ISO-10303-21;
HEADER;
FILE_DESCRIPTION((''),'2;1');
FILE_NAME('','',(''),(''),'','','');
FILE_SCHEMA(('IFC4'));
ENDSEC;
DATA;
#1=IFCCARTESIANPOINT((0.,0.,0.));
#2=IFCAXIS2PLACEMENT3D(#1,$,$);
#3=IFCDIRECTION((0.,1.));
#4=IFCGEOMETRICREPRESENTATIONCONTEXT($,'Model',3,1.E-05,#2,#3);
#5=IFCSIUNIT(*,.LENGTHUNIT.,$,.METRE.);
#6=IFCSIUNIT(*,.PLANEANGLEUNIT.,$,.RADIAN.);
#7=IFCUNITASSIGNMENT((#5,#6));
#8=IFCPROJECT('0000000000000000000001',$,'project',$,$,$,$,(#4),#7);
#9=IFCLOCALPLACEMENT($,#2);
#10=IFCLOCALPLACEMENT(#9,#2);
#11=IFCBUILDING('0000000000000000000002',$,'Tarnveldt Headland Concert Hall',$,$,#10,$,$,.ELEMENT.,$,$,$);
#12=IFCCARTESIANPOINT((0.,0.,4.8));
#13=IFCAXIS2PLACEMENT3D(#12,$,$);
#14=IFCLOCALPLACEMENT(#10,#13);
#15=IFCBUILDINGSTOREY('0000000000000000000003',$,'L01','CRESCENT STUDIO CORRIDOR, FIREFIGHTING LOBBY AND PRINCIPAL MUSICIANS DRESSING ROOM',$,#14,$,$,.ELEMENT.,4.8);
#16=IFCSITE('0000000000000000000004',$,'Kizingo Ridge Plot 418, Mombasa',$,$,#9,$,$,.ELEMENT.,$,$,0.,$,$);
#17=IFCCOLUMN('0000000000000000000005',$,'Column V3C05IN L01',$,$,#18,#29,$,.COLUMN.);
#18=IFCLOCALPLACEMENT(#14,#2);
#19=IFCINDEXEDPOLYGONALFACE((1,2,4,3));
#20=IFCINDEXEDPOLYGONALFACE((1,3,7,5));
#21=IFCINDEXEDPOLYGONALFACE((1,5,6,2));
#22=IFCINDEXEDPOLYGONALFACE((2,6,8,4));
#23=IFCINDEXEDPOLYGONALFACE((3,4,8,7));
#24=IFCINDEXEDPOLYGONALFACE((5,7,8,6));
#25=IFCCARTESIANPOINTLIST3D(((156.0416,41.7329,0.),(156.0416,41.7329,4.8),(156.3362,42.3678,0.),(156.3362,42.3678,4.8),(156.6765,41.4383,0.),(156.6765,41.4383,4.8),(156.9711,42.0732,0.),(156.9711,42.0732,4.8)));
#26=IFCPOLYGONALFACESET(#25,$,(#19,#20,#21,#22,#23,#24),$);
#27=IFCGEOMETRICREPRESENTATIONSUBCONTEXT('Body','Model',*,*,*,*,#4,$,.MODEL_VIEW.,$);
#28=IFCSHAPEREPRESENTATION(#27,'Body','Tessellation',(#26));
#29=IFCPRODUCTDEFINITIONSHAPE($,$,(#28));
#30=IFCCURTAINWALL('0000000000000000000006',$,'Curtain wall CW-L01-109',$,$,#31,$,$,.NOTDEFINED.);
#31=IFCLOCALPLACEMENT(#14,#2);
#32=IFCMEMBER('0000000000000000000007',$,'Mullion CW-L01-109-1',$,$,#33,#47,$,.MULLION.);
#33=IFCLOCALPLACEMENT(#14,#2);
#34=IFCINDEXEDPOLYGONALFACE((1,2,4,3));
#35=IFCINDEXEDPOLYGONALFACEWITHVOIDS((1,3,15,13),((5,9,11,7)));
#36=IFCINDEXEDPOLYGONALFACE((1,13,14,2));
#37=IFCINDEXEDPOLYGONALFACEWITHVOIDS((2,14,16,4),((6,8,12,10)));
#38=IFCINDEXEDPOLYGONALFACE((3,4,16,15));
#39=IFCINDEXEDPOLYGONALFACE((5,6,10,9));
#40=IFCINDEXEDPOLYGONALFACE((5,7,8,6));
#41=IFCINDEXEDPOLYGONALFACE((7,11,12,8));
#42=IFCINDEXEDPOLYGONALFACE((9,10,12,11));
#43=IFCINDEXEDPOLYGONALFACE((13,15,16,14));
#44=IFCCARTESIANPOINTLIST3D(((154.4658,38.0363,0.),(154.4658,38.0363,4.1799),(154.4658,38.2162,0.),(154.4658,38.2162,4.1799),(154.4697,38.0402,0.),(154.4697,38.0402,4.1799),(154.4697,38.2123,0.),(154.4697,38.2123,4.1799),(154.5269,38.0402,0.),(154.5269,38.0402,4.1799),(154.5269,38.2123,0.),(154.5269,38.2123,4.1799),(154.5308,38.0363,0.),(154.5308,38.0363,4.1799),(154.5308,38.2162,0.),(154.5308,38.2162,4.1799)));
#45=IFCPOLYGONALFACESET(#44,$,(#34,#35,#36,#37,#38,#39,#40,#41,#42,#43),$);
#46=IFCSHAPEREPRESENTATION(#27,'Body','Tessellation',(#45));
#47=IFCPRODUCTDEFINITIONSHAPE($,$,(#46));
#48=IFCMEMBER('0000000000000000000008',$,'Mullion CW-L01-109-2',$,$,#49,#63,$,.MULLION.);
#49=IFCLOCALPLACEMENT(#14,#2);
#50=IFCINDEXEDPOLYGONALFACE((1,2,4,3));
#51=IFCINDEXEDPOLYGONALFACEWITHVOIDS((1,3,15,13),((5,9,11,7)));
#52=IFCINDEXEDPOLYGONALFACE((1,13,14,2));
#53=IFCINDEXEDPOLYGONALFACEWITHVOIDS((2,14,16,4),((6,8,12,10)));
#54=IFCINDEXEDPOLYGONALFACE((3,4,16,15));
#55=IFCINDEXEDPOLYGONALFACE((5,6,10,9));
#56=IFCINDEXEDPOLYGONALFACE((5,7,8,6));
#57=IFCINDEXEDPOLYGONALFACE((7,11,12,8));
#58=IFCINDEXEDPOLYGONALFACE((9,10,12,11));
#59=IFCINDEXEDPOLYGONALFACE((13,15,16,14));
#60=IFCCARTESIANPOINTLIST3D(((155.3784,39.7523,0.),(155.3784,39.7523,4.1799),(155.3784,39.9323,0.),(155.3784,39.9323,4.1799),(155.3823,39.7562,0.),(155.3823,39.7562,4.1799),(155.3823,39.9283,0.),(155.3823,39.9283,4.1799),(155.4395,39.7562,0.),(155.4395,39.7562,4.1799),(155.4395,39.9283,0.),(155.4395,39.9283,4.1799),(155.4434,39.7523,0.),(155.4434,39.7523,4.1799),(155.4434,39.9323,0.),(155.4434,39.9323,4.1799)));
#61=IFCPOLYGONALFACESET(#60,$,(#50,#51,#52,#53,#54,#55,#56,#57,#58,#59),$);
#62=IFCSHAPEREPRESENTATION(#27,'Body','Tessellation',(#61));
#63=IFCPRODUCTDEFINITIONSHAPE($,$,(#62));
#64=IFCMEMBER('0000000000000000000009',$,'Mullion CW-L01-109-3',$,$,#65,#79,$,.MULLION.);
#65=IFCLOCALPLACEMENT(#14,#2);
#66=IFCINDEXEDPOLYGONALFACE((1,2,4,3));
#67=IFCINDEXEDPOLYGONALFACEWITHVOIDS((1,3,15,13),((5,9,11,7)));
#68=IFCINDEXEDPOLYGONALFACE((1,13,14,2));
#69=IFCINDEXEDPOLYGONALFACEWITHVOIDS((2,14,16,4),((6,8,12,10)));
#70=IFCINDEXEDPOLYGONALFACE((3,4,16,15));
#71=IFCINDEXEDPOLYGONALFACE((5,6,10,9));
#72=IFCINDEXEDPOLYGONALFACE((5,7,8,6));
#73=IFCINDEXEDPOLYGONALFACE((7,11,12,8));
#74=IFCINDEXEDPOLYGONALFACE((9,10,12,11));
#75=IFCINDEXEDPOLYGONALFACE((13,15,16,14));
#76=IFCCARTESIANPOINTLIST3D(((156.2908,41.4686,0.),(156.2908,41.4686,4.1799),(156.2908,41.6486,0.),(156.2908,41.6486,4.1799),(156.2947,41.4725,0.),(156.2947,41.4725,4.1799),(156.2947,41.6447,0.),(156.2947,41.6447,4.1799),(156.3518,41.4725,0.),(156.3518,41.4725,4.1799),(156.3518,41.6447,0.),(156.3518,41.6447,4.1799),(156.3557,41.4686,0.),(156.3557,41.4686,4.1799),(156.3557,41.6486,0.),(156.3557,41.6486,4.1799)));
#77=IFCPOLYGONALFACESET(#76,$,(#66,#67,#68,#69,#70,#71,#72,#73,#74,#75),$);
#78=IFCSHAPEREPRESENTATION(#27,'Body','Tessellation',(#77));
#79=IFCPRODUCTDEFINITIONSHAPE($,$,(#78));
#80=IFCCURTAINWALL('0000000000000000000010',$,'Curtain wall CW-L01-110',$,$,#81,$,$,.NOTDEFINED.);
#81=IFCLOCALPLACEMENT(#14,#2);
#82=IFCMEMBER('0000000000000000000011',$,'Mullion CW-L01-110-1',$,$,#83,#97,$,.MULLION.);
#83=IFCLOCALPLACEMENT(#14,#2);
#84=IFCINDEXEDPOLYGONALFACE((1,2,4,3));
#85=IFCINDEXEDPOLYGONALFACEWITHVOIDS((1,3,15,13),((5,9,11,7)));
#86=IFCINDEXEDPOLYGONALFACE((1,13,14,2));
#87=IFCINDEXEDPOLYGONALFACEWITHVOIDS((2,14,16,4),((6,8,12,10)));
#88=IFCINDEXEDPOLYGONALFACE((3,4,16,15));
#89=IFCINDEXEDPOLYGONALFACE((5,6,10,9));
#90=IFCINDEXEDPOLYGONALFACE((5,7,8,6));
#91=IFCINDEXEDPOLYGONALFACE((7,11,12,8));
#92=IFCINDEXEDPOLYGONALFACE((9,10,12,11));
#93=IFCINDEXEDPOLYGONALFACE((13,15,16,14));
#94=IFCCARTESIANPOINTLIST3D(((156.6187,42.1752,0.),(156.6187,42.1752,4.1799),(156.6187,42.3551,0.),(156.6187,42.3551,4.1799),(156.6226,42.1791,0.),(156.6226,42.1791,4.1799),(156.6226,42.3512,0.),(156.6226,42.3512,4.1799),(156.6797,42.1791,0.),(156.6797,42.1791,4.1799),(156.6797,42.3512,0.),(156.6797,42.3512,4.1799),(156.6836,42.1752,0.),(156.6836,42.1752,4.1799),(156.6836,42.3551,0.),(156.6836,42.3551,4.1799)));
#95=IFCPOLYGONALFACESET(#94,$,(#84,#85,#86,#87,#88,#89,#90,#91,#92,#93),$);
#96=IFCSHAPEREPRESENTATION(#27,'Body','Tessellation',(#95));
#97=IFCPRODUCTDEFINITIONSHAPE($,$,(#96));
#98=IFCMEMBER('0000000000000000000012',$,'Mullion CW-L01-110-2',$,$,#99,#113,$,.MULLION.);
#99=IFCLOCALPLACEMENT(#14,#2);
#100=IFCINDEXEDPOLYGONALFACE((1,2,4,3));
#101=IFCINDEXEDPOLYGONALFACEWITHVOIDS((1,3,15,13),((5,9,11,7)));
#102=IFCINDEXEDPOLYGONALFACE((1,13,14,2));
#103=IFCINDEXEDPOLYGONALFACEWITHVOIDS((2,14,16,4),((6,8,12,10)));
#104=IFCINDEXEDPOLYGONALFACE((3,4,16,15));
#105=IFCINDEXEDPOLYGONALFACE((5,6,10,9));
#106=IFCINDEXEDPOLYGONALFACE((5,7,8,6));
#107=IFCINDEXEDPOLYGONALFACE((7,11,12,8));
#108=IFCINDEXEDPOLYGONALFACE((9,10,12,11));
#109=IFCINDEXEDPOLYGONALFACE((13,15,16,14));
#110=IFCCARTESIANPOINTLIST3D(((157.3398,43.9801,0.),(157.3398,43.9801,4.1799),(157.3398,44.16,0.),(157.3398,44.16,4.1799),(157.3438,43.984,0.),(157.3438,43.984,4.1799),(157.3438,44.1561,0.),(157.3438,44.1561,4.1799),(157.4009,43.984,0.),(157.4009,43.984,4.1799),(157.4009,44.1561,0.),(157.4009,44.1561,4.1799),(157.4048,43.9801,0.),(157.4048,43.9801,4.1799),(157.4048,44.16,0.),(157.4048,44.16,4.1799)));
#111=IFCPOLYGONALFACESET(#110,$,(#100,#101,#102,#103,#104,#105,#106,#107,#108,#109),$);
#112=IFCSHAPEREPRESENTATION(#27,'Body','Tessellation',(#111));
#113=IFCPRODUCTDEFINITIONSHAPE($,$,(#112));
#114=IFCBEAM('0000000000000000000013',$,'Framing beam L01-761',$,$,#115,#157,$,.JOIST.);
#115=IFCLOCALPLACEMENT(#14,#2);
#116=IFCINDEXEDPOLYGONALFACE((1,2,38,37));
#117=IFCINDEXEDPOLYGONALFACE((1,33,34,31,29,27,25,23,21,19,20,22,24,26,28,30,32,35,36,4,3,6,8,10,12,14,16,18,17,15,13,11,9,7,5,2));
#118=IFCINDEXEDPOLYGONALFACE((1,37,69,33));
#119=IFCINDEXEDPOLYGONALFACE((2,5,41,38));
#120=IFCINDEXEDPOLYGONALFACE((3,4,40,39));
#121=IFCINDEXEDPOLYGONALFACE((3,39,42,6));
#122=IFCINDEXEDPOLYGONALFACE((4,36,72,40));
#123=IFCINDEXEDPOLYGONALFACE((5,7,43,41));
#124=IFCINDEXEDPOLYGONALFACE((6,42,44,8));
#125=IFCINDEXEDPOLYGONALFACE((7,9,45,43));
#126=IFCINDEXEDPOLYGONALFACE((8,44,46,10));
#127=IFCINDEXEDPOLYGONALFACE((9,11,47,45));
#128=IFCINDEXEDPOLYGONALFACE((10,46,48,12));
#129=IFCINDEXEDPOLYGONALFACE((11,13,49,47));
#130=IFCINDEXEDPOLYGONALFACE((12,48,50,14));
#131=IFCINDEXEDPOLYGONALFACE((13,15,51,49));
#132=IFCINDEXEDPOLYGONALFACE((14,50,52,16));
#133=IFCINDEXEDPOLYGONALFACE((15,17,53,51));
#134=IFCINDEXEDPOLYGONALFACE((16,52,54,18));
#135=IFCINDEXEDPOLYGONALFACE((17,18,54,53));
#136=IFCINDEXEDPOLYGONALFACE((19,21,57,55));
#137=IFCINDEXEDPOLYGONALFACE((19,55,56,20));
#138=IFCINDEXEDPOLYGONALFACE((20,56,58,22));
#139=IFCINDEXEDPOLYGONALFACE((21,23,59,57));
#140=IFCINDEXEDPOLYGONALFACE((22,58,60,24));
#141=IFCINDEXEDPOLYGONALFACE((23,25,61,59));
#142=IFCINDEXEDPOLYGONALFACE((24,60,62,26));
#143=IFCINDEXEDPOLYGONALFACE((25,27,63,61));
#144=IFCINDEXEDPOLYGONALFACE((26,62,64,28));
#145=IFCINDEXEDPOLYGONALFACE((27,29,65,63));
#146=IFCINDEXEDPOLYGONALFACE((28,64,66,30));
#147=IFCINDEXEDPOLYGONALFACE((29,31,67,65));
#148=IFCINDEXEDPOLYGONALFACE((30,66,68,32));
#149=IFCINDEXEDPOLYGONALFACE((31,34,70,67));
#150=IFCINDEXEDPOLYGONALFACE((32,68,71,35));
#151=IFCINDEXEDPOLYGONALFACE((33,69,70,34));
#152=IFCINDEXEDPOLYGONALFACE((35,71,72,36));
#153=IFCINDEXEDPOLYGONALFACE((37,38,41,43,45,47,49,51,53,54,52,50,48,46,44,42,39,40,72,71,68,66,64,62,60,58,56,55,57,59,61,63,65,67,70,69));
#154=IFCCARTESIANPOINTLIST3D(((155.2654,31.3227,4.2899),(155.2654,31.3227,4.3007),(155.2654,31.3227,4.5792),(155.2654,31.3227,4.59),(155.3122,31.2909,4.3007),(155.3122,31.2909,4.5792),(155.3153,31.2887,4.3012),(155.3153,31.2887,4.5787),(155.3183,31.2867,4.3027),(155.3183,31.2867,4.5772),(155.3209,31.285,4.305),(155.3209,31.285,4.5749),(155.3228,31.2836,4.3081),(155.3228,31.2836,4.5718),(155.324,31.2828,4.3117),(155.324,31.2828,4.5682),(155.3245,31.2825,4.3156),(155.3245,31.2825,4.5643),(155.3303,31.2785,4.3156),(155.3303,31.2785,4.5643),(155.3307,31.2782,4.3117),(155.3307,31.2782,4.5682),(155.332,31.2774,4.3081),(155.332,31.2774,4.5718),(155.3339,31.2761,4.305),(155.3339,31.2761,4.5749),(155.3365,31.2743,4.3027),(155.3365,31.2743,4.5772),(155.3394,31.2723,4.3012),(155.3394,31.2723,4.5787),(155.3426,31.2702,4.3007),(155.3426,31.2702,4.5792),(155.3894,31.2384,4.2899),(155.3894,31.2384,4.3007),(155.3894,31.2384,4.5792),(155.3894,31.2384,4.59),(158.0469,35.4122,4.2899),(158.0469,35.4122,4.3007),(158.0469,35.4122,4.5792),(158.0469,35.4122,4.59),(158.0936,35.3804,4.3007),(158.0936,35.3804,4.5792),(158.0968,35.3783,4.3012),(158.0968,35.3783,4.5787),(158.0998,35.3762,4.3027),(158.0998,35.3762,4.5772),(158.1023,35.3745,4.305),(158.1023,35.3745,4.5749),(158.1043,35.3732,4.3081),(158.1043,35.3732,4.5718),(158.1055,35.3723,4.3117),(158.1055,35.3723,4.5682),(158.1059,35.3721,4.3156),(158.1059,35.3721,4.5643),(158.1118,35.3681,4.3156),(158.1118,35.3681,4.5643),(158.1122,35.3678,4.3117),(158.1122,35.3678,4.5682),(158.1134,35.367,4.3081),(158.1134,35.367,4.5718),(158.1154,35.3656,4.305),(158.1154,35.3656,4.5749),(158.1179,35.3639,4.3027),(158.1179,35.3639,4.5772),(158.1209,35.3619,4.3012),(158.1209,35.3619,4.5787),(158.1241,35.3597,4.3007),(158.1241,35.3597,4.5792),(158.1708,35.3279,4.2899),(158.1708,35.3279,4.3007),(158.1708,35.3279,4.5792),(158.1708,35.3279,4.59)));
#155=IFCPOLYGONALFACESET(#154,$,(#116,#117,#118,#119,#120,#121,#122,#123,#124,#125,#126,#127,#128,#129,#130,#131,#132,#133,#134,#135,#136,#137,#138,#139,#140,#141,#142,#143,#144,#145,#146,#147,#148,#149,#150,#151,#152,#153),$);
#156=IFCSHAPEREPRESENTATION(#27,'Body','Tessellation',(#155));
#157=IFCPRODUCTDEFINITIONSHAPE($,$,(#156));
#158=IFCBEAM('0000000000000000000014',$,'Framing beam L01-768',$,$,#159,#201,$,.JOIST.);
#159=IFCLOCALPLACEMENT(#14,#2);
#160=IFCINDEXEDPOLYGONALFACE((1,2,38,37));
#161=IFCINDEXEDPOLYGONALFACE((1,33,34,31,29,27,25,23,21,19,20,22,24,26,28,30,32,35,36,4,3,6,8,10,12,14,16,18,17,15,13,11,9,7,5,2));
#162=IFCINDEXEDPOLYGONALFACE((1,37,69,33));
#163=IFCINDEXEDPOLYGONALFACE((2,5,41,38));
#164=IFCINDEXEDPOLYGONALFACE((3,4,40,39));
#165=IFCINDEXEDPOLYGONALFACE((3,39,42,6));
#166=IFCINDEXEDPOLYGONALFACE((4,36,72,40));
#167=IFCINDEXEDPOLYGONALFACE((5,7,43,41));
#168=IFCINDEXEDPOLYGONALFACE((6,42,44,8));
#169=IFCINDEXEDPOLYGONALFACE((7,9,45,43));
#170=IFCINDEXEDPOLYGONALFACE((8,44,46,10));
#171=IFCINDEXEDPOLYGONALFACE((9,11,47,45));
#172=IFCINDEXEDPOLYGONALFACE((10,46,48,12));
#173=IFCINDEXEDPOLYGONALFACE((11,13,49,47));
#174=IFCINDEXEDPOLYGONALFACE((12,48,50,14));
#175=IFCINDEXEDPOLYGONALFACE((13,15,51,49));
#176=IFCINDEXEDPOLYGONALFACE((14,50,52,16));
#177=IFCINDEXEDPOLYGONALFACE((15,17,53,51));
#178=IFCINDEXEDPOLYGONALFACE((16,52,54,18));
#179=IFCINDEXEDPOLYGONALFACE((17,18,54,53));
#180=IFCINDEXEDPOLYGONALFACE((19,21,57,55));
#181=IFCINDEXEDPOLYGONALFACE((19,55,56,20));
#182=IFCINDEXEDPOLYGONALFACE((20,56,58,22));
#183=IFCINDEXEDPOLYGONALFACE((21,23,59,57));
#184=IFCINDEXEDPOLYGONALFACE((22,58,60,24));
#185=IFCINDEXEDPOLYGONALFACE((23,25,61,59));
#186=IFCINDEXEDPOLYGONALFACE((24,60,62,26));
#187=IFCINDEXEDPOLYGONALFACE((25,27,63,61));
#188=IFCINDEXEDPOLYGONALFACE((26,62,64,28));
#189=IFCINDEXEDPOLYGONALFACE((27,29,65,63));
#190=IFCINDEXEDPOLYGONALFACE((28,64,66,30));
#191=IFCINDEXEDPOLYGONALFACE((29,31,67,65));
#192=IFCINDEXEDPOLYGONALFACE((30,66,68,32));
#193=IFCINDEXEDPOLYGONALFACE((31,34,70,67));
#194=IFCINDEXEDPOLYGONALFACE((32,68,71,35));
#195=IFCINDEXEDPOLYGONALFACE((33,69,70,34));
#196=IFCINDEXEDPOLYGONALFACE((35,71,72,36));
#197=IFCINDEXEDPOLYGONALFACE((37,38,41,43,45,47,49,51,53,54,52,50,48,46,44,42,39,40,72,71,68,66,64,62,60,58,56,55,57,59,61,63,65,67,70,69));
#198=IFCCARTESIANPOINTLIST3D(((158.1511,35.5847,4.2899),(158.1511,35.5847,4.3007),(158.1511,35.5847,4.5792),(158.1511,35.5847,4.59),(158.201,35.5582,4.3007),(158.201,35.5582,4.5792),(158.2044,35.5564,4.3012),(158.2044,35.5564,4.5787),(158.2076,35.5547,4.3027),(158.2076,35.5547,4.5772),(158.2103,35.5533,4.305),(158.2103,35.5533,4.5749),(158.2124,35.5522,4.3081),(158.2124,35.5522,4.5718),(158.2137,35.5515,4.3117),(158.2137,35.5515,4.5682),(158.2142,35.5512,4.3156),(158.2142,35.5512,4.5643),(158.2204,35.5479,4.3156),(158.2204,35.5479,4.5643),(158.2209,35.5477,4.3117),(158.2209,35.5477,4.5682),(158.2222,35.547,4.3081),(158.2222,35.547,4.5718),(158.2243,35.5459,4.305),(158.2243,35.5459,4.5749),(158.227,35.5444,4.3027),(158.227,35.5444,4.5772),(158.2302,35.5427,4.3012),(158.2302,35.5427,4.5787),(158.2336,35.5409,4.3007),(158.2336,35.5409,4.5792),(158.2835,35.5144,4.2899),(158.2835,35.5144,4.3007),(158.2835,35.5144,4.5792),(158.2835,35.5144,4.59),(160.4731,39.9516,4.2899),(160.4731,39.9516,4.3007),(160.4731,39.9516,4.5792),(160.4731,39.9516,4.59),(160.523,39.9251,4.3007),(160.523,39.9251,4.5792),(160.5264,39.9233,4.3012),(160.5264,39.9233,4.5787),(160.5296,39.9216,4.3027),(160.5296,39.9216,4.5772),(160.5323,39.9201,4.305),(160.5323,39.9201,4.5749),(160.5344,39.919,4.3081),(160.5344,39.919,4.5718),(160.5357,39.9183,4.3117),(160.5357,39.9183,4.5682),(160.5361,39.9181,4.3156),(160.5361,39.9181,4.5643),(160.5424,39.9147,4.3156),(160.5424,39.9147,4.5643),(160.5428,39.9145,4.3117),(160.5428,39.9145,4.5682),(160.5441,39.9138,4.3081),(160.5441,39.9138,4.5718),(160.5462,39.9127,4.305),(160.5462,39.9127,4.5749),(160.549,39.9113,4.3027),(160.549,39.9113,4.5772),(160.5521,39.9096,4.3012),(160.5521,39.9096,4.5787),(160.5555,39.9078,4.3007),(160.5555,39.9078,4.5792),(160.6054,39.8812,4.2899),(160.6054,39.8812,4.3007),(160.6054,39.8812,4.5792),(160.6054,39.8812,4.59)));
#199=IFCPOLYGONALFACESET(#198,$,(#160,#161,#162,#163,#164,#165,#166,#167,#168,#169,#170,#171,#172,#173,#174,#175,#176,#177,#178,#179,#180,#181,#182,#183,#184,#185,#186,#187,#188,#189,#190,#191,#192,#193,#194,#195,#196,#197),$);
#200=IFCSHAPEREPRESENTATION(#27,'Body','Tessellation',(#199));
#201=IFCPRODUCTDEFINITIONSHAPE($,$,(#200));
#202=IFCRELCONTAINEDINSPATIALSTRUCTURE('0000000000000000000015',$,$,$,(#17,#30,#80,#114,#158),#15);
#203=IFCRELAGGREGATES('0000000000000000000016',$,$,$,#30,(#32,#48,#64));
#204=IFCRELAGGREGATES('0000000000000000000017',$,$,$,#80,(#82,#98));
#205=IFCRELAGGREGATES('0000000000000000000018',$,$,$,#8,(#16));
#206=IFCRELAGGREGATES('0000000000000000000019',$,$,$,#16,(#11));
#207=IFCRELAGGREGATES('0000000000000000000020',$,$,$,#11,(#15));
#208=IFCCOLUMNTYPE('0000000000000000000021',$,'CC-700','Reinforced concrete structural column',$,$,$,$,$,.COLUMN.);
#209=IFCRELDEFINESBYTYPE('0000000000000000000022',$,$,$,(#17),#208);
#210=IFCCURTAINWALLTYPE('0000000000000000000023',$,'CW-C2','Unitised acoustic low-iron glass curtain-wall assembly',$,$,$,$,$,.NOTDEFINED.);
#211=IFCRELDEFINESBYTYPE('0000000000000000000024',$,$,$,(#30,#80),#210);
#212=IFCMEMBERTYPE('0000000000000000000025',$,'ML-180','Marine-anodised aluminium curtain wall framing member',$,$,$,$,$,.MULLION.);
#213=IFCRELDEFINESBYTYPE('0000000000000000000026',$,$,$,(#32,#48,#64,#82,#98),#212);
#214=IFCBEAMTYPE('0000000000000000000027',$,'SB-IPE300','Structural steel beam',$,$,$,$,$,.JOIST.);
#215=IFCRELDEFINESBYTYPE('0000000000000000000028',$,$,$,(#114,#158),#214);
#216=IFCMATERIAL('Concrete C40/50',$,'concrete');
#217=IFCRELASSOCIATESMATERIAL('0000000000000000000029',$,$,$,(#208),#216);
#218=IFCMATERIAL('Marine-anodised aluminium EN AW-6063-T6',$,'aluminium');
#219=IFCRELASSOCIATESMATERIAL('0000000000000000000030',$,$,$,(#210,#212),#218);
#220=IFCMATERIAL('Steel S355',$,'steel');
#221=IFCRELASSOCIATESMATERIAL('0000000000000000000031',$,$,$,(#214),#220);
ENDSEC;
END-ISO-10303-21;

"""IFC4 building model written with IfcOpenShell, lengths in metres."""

from ifc_helpers import new_model, si_unit, direction, frame, origin, origin_2d, place, context, subcontext, project, spatial, rectangle, hollow_rectangle, i_section, extrude, material, material_profile, profile_set, type_object, element, aggregate, save


model = new_model("IFC4")

# Units and contexts
model_context = context("Model", 3, precision=1e-05, world=origin(), true_north=direction((0.0, 1.0)))
body_context = subcontext(model_context, "Body", "Model", "MODEL_VIEW")
ifc_project = project(units=[si_unit("LENGTHUNIT", "METRE"), si_unit("PLANEANGLEUNIT", "RADIAN")], contexts=[model_context])

# Site, building, storey
site_placement = place(None, origin())
site = spatial("IfcSite", under=ifc_project, at=site_placement, Name="Kizingo Ridge Plot 418, Mombasa", CompositionType="ELEMENT", RefElevation=0.0)
building_placement = place(site_placement, origin())
building = spatial("IfcBuilding", under=site, at=building_placement, Name="Tarnveldt Headland Concert Hall", CompositionType="ELEMENT")
storey_placement = place(building_placement, frame((0.0, 0.0, 4.8)))
storey = spatial("IfcBuildingStorey", under=building, at=storey_placement, Name="L01", Description="CRESCENT STUDIO CORRIDOR, FIREFIGHTING LOBBY AND PRINCIPAL MUSICIANS DRESSING ROOM", CompositionType="ELEMENT", Elevation=4.8)

# Column
ifc_material_1 = material(Name="Concrete C40/50", Category="concrete")
ifc_material_profile_1 = material_profile(ifc_material_1, rectangle(XDim=0.7, YDim=0.7, at=origin_2d()), Name="RC 700x700", Category="concrete")
ifc_profile_set_1 = profile_set([ifc_material_profile_1], Name="Concrete C40/50")
column_type = type_object("IfcColumnType", Name="CC-700", Description="Reinforced concrete structural column", PredefinedType="COLUMN", material=ifc_profile_set_1)
column_placement = place(storey_placement, frame((156.5063, 41.9031, 0.0), z_axis=(0.0, 0.0, 1.0), x_axis=(0.907117, -0.420877, 0.0)))
element("IfcColumn", 1, at=column_placement, inside=storey, type_object=column_type, Name="Column V3C05IN L01", PredefinedType="COLUMN", context=body_context, shape_type="SweptSolid", body=[
    extrude(rectangle(XDim=0.7, YDim=0.7, at=origin_2d()), origin(), (0.0, 0.0, 1.0), 4.8),
])

# Curtain walls, members
ifc_material_2 = material(Name="Marine-anodised aluminium EN AW-6063-T6", Category="aluminium")
curtain_wall_type = type_object("IfcCurtainWallType", Name="CW-C2", Description="Unitised acoustic low-iron glass curtain-wall assembly", PredefinedType="NOTDEFINED", material=ifc_material_2)
curtain_wall_1_placement = place(storey_placement, origin())
curtain_wall_1 = element("IfcCurtainWall", 2, at=curtain_wall_1_placement, inside=storey, type_object=curtain_wall_type, Name="Curtain wall CW-L01-109", PredefinedType="NOTDEFINED")
ifc_material_profile_2 = material_profile(ifc_material_2, hollow_rectangle(XDim=0.0649, YDim=0.1799, WallThickness=0.0039, at=origin_2d()), Name="ALU MULLION 65x180x4", Category="aluminium")
ifc_profile_set_2 = profile_set([ifc_material_profile_2], Name="Marine-anodised aluminium EN AW-6063-T6")
member_type_1 = type_object("IfcMemberType", Name="ML-180", Description="Marine-anodised aluminium curtain wall framing member", PredefinedType="MULLION", material=ifc_profile_set_2)
member_1_placement = place(storey_placement, frame((154.4983, 38.1262, 0.0), z_axis=(0.0, 0.0, 1.0), x_axis=(1.0, 0.0, 0.0)))
member_1 = element("IfcMember", 3, at=member_1_placement, type_object=member_type_1, Name="Mullion CW-L01-109-1", PredefinedType="MULLION", context=body_context, shape_type="SweptSolid", body=[
    extrude(hollow_rectangle(XDim=0.0649, YDim=0.1799, WallThickness=0.0039, at=origin_2d()), origin(), (0.0, 0.0, 1.0), 4.1799),
])
member_2_placement = place(storey_placement, frame((155.4109, 39.8423, 0.0), z_axis=(0.0, 0.0, 1.0), x_axis=(1.0, 0.0, 0.0)))
member_2 = element("IfcMember", 4, at=member_2_placement, type_object=member_type_1, Name="Mullion CW-L01-109-2", PredefinedType="MULLION", context=body_context, shape_type="SweptSolid", body=[
    extrude(hollow_rectangle(XDim=0.0649, YDim=0.1799, WallThickness=0.0039, at=origin_2d()), origin(), (0.0, 0.0, 1.0), 4.1799),
])
member_3_placement = place(storey_placement, frame((156.3232, 41.5586, 0.0), z_axis=(0.0, 0.0, 1.0), x_axis=(1.0, 0.0, 0.0)))
member_3 = element("IfcMember", 5, at=member_3_placement, type_object=member_type_1, Name="Mullion CW-L01-109-3", PredefinedType="MULLION", context=body_context, shape_type="SweptSolid", body=[
    extrude(hollow_rectangle(XDim=0.0649, YDim=0.1799, WallThickness=0.0039, at=origin_2d()), origin(), (0.0, 0.0, 1.0), 4.1799),
])
curtain_wall_2_placement = place(storey_placement, origin())
curtain_wall_2 = element("IfcCurtainWall", 6, at=curtain_wall_2_placement, inside=storey, type_object=curtain_wall_type, Name="Curtain wall CW-L01-110", PredefinedType="NOTDEFINED")
member_4_placement = place(storey_placement, frame((156.6511, 42.2651, 0.0), z_axis=(0.0, 0.0, 1.0), x_axis=(1.0, 0.0, 0.0)))
member_4 = element("IfcMember", 7, at=member_4_placement, type_object=member_type_1, Name="Mullion CW-L01-110-1", PredefinedType="MULLION", context=body_context, shape_type="SweptSolid", body=[
    extrude(hollow_rectangle(XDim=0.0649, YDim=0.1799, WallThickness=0.0039, at=origin_2d()), origin(), (0.0, 0.0, 1.0), 4.1799),
])
member_5_placement = place(storey_placement, frame((157.3723, 44.0701, 0.0), z_axis=(0.0, 0.0, 1.0), x_axis=(1.0, 0.0, 0.0)))
member_5 = element("IfcMember", 8, at=member_5_placement, type_object=member_type_1, Name="Mullion CW-L01-110-2", PredefinedType="MULLION", context=body_context, shape_type="SweptSolid", body=[
    extrude(hollow_rectangle(XDim=0.0649, YDim=0.1799, WallThickness=0.0039, at=origin_2d()), origin(), (0.0, 0.0, 1.0), 4.1799),
])

# Beams
ifc_material_3 = material(Name="Steel S355", Category="steel")
ifc_material_profile_3 = material_profile(ifc_material_3, i_section(OverallWidth=0.1499, OverallDepth=0.3, WebThickness=0.0071, FlangeThickness=0.0107, FilletRadius=0.0149, at=origin_2d()), Name="IPE300", Category="steel")
ifc_profile_set_3 = profile_set([ifc_material_profile_3], Name="Steel S355")
beam_type_1 = type_object("IfcBeamType", Name="SB-IPE300", Description="Structural steel beam", PredefinedType="JOIST", material=ifc_profile_set_3)
for number, where, z_axis, x_axis, name in (
    (9, (155.3274, 31.2805, 4.4399), (0.562388, 0.826873, 0.0), (-0.826873, 0.562388, 0.0), "Framing beam L01-761"),
    (10, (158.2173, 35.5496, 4.4399), (0.469484, 0.882941, 0.0), (-0.882941, 0.469484, 0.0), "Framing beam L01-768"),
):
    element("IfcBeam", number, at=place(storey_placement, frame(where, z_axis=z_axis, x_axis=x_axis)), inside=storey, type_object=beam_type_1, Name=name, PredefinedType="JOIST", context=body_context, shape_type="SweptSolid", body=[
        extrude(i_section(OverallWidth=0.1499, OverallDepth=0.3, WebThickness=0.0071, FlangeThickness=0.0107, FilletRadius=0.0149, at=origin_2d()), origin(), (0.0, 0.0, 1.0), 4.9458),
    ])

aggregate(curtain_wall_1, [member_1, member_2, member_3])
aggregate(curtain_wall_2, [member_4, member_5])

save(model, "model.ifc")
